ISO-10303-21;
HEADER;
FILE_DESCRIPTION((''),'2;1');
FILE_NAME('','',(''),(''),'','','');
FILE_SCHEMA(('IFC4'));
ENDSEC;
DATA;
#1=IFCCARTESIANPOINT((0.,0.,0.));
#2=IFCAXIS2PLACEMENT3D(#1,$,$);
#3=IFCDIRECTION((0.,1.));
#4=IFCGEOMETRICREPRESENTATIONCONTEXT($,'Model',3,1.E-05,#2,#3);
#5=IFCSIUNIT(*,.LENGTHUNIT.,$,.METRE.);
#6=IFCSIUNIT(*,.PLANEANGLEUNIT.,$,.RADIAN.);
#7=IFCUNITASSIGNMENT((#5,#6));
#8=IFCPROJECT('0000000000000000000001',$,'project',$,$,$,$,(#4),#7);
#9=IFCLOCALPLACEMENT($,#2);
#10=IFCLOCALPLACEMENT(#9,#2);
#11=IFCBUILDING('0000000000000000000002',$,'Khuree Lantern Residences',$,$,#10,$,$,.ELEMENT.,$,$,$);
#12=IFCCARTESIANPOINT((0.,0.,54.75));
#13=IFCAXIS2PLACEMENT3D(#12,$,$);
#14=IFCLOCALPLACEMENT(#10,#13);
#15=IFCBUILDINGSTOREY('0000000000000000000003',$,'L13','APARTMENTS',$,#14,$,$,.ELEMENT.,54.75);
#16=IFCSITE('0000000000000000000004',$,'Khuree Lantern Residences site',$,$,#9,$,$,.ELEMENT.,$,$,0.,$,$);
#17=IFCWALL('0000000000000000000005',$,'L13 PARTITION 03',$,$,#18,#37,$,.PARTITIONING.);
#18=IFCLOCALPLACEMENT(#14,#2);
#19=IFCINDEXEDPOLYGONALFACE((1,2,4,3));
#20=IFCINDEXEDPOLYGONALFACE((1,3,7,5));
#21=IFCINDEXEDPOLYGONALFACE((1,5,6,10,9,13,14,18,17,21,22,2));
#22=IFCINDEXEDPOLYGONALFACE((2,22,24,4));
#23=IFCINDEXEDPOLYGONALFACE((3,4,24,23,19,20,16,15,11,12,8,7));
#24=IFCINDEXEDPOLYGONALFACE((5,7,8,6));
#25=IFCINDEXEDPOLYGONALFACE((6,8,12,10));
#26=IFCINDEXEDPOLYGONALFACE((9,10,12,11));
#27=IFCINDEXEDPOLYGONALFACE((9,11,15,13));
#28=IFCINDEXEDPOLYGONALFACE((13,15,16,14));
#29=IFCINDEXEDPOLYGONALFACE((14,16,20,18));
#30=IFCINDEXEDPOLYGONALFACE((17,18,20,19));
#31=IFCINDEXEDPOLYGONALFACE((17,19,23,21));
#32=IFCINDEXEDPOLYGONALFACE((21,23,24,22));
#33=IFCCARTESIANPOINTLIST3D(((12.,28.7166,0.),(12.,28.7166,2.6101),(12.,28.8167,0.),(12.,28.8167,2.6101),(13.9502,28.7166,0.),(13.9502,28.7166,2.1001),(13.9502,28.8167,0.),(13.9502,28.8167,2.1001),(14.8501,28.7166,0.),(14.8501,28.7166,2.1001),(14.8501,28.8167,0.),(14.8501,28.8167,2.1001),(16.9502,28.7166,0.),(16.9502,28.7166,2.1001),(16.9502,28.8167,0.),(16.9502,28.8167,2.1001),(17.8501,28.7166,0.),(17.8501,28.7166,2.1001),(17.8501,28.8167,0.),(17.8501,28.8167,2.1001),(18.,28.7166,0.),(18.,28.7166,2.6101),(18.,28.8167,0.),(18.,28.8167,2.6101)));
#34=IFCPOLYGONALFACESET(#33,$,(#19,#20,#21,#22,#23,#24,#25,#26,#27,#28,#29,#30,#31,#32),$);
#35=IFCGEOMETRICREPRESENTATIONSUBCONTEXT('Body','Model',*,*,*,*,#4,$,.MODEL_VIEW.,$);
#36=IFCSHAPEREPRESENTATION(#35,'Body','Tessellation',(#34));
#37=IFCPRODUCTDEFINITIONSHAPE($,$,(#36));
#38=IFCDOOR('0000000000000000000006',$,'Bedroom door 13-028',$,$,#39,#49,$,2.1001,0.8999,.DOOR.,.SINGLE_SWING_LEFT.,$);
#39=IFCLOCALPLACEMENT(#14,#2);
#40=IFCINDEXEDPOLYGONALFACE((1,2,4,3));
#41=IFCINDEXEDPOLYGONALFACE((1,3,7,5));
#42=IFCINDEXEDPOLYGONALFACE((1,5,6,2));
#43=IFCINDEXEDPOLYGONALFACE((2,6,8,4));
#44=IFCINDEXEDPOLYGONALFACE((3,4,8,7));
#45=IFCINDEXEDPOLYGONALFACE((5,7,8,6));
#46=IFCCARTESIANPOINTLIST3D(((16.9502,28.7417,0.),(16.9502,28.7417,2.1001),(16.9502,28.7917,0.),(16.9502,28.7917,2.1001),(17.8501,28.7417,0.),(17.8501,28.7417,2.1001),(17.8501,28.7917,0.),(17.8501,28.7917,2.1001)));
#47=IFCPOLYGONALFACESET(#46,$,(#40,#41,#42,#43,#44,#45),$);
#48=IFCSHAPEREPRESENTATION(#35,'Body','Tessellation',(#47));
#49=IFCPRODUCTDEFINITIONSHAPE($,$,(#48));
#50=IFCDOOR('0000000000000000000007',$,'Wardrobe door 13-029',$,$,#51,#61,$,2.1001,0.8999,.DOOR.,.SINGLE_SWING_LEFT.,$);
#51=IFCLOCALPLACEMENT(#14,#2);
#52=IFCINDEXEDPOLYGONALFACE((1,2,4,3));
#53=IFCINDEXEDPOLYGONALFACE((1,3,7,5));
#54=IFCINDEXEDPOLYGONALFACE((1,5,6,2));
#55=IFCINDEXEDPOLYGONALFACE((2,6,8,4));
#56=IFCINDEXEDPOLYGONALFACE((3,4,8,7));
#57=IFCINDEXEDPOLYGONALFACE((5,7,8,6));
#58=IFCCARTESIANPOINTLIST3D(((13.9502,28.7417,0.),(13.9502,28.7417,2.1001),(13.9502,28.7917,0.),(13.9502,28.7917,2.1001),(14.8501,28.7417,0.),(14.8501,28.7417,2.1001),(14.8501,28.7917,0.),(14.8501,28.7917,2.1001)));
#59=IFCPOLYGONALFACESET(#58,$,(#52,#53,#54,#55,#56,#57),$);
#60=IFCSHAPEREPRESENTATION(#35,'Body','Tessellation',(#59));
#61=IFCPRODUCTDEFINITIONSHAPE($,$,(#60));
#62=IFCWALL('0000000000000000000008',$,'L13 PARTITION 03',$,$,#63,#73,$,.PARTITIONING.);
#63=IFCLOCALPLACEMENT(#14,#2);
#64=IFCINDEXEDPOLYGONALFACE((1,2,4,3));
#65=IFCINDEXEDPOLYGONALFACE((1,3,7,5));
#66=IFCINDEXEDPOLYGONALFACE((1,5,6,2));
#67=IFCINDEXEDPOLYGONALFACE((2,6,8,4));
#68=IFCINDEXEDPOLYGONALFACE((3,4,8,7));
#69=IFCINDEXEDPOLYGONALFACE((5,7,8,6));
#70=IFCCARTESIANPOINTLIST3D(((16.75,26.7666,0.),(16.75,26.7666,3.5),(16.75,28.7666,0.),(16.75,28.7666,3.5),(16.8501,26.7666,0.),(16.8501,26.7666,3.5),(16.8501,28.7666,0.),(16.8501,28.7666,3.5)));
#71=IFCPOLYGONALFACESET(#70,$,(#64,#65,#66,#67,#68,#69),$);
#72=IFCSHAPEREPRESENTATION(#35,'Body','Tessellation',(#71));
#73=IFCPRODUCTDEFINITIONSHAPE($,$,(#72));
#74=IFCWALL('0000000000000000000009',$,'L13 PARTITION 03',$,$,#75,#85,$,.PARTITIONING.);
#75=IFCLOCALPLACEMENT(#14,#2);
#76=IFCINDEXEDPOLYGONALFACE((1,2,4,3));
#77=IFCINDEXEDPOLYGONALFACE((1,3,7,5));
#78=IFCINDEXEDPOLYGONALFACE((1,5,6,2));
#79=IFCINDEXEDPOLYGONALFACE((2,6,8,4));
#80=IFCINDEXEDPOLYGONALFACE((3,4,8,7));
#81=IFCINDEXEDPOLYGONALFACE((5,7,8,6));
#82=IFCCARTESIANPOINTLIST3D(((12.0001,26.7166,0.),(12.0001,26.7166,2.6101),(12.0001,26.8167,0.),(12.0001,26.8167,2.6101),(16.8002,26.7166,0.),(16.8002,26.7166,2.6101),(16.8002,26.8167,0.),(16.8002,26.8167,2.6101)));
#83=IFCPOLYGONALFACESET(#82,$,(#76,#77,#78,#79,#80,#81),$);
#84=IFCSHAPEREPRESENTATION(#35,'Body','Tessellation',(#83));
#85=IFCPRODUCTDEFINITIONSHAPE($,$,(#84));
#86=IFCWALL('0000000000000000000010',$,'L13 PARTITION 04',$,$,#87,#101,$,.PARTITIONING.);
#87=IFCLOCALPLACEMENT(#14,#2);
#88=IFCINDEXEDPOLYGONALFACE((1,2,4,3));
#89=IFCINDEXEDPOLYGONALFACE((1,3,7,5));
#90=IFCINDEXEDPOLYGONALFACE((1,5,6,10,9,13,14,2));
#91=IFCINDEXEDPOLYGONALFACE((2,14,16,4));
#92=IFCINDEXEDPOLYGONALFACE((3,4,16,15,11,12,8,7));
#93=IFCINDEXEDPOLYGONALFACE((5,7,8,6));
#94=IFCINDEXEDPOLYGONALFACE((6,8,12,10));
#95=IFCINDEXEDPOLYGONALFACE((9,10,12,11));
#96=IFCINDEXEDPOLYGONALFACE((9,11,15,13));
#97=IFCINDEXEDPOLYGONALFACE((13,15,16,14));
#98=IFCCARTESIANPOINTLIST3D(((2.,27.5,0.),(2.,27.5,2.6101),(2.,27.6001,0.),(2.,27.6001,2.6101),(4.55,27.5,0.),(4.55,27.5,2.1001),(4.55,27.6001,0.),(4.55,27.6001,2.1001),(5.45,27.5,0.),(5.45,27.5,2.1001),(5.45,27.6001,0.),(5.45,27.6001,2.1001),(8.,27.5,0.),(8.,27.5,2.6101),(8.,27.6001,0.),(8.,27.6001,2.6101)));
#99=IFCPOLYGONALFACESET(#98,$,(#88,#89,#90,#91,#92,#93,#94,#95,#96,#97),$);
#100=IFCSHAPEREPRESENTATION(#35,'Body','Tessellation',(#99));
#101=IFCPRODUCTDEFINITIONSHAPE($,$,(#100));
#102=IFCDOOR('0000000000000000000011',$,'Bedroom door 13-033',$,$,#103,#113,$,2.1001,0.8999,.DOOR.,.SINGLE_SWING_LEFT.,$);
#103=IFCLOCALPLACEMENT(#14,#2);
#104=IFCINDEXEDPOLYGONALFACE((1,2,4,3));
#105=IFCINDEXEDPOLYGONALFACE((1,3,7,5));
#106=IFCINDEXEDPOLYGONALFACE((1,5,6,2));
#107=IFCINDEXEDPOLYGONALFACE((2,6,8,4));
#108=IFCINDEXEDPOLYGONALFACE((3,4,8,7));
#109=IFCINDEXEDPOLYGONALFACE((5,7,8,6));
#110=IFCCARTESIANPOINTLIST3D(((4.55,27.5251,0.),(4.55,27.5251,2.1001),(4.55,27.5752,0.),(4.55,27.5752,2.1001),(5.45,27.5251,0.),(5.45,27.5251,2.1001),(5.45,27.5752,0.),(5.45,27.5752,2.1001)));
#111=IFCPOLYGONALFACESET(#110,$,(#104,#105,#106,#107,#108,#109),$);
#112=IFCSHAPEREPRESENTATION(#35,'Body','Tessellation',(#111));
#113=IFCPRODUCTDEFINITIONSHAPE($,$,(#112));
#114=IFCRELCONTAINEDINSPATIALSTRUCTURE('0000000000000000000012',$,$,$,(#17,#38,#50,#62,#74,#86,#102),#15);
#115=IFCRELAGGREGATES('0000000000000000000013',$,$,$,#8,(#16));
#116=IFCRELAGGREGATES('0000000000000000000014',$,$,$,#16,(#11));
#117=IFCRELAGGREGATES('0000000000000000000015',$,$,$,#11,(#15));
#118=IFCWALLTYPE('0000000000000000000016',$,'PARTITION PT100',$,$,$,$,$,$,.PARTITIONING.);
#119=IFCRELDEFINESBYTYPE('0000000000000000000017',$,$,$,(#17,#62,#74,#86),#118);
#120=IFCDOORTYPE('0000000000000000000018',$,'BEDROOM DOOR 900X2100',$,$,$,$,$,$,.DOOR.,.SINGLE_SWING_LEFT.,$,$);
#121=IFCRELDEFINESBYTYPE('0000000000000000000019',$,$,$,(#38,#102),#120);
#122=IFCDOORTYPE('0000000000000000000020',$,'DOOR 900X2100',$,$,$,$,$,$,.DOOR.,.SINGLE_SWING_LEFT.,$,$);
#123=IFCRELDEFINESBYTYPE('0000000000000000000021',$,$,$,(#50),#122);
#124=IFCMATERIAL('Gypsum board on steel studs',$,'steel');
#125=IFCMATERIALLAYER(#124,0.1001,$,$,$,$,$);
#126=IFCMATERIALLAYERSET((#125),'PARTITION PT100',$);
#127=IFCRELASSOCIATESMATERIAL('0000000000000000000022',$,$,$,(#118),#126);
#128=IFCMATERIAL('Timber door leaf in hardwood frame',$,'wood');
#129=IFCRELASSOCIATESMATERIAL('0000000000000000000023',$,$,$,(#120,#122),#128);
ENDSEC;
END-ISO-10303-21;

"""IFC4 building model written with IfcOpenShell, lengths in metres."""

from ifc_helpers import new_model, si_unit, direction, frame, frame_2d, origin, place, context, subcontext, project, spatial, rectangle, extrude, material, layer, layer_set, type_object, element, fill, save


model = new_model("IFC4")

# Units and contexts
model_context = context("Model", 3, precision=1e-05, world=origin(), true_north=direction((0.0, 1.0)))
body_context = subcontext(model_context, "Body", "Model", "MODEL_VIEW")
ifc_project = project(units=[si_unit("LENGTHUNIT", "METRE"), si_unit("PLANEANGLEUNIT", "RADIAN")], contexts=[model_context])

# Site, building, storey
site_placement = place(None, origin())
site = spatial("IfcSite", under=ifc_project, at=site_placement, Name="Khuree Lantern Residences site", CompositionType="ELEMENT", RefElevation=0.0)
building_placement = place(site_placement, origin())
building = spatial("IfcBuilding", under=site, at=building_placement, Name="Khuree Lantern Residences", CompositionType="ELEMENT")
storey_placement = place(building_placement, frame((0.0, 0.0, 54.75)))
storey = spatial("IfcBuildingStorey", under=building, at=storey_placement, Name="L13", Description="APARTMENTS", CompositionType="ELEMENT", Elevation=54.75)

# Shared definitions
ifc_material_1 = material(Name="Timber door leaf in hardwood frame", Category="wood")

# Shared definitions
ifc_material_2 = material(Name="Gypsum board on steel studs", Category="steel")
ifc_layer_1 = layer(ifc_material_2, 0.1001)
ifc_layer_set_1 = layer_set([ifc_layer_1], Name="PARTITION PT100")
wall_type_1 = type_object("IfcWallType", Name="PARTITION PT100", PredefinedType="PARTITIONING", material=ifc_layer_set_1)

# Wall, openings, doors
wall_1_placement = place(storey_placement, frame((18.0, 28.7666, 0.0), z_axis=(0.0, 0.0, 1.0), x_axis=(-1.0, 0.0, 0.0)))
wall_1 = element("IfcWall", 1, at=wall_1_placement, inside=storey, type_object=wall_type_1, Name="L13 PARTITION 03", PredefinedType="PARTITIONING", context=body_context, shape_type="SweptSolid", body=[
    extrude(rectangle(XDim=6.0, YDim=0.1001, at=frame_2d((3.0, 0.0))), origin(), (0.0, 0.0, 1.0), 2.6101),
])
opening_1_placement = place(wall_1_placement, frame((0.1499, 0.0, 0.0)))
opening_1 = element("IfcOpeningElement", 2, at=opening_1_placement, cuts=wall_1, PredefinedType="OPENING", context=body_context, shape_type="SweptSolid", body=[
    extrude(rectangle(XDim=0.8999, YDim=2.1001, at=frame_2d((0.45, 1.05))), frame((0.0, 0.0601, 0.0), z_axis=(0.0, -1.0, 0.0), x_axis=(1.0, 0.0, 0.0)), (0.0, 0.0, 1.0), 0.1201),
])
opening_2_placement = place(wall_1_placement, frame((3.1499, 0.0, 0.0)))
opening_2 = element("IfcOpeningElement", 3, at=opening_2_placement, cuts=wall_1, PredefinedType="OPENING", context=body_context, shape_type="SweptSolid", body=[
    extrude(rectangle(XDim=0.8999, YDim=2.1001, at=frame_2d((0.45, 1.05))), frame((0.0, 0.0601, 0.0), z_axis=(0.0, -1.0, 0.0), x_axis=(1.0, 0.0, 0.0)), (0.0, 0.0, 1.0), 0.1201),
])
door_type_1 = type_object("IfcDoorType", Name="BEDROOM DOOR 900X2100", OperationType="SINGLE_SWING_LEFT", PredefinedType="DOOR", material=ifc_material_1)
door_1_placement = place(opening_1_placement, origin())
door_1 = element("IfcDoor", 4, at=door_1_placement, inside=storey, type_object=door_type_1, Name="Bedroom door 13-028", OperationType="SINGLE_SWING_LEFT", OverallHeight=2.1001, OverallWidth=0.8999, PredefinedType="DOOR", context=body_context, shape_type="SweptSolid", body=[
    extrude(rectangle(XDim=0.8999, YDim=2.1001, at=frame_2d((0.45, 1.05))), frame((0.0, 0.0249, 0.0), z_axis=(0.0, -1.0, 0.0), x_axis=(1.0, 0.0, 0.0)), (0.0, 0.0, 1.0), 0.05),
])
fill(opening_1, door_1)
door_type_2 = type_object("IfcDoorType", Name="DOOR 900X2100", OperationType="SINGLE_SWING_LEFT", PredefinedType="DOOR", material=ifc_material_1)
door_2_placement = place(opening_2_placement, origin())
door_2 = element("IfcDoor", 5, at=door_2_placement, inside=storey, type_object=door_type_2, Name="Wardrobe door 13-029", OperationType="SINGLE_SWING_LEFT", OverallHeight=2.1001, OverallWidth=0.8999, PredefinedType="DOOR", context=body_context, shape_type="SweptSolid", body=[
    extrude(rectangle(XDim=0.8999, YDim=2.1001, at=frame_2d((0.45, 1.05))), frame((0.0, 0.0249, 0.0), z_axis=(0.0, -1.0, 0.0), x_axis=(1.0, 0.0, 0.0)), (0.0, 0.0, 1.0), 0.05),
])
fill(opening_2, door_2)

# Walls
wall_2_placement = place(storey_placement, frame((16.8, 26.7666, 0.0), z_axis=(0.0, 0.0, 1.0), x_axis=(0.0, 1.0, 0.0)))
element("IfcWall", 6, at=wall_2_placement, inside=storey, type_object=wall_type_1, Name="L13 PARTITION 03", PredefinedType="PARTITIONING", context=body_context, shape_type="SweptSolid", body=[
    extrude(rectangle(XDim=2.0, YDim=0.1001, at=frame_2d((1.0, 0.0))), origin(), (0.0, 0.0, 1.0), 3.5),
])
wall_3_placement = place(storey_placement, frame((16.8, 26.7666, 0.0), z_axis=(0.0, 0.0, 1.0), x_axis=(-1.0, 0.0, 0.0)))
element("IfcWall", 7, at=wall_3_placement, inside=storey, type_object=wall_type_1, Name="L13 PARTITION 03", PredefinedType="PARTITIONING", context=body_context, shape_type="SweptSolid", body=[
    extrude(rectangle(XDim=4.8, YDim=0.1001, at=frame_2d((2.3999, 0.0))), origin(), (0.0, 0.0, 1.0), 2.6101),
])

# Wall, opening, door
wall_4_placement = place(storey_placement, frame((8.0, 27.55, 0.0), z_axis=(0.0, 0.0, 1.0), x_axis=(-1.0, 0.0, 0.0)))
wall_4 = element("IfcWall", 8, at=wall_4_placement, inside=storey, type_object=wall_type_1, Name="L13 PARTITION 04", PredefinedType="PARTITIONING", context=body_context, shape_type="SweptSolid", body=[
    extrude(rectangle(XDim=6.0, YDim=0.1001, at=frame_2d((3.0, 0.0))), origin(), (0.0, 0.0, 1.0), 2.6101),
])
opening_3_placement = place(wall_4_placement, frame((2.55, 0.0, 0.0)))
opening_3 = element("IfcOpeningElement", 9, at=opening_3_placement, cuts=wall_4, PredefinedType="OPENING", context=body_context, shape_type="SweptSolid", body=[
    extrude(rectangle(XDim=0.8999, YDim=2.1001, at=frame_2d((0.45, 1.05))), frame((0.0, 0.0601, 0.0), z_axis=(0.0, -1.0, 0.0), x_axis=(1.0, 0.0, 0.0)), (0.0, 0.0, 1.0), 0.1201),
])
door_3_placement = place(opening_3_placement, origin())
door_3 = element("IfcDoor", 10, at=door_3_placement, inside=storey, type_object=door_type_1, Name="Bedroom door 13-033", OperationType="SINGLE_SWING_LEFT", OverallHeight=2.1001, OverallWidth=0.8999, PredefinedType="DOOR", context=body_context, shape_type="SweptSolid", body=[
    extrude(rectangle(XDim=0.8999, YDim=2.1001, at=frame_2d((0.45, 1.05))), frame((0.0, 0.0249, 0.0), z_axis=(0.0, -1.0, 0.0), x_axis=(1.0, 0.0, 0.0)), (0.0, 0.0, 1.0), 0.05),
])
fill(opening_3, door_3)

save(model, "model.ifc")
